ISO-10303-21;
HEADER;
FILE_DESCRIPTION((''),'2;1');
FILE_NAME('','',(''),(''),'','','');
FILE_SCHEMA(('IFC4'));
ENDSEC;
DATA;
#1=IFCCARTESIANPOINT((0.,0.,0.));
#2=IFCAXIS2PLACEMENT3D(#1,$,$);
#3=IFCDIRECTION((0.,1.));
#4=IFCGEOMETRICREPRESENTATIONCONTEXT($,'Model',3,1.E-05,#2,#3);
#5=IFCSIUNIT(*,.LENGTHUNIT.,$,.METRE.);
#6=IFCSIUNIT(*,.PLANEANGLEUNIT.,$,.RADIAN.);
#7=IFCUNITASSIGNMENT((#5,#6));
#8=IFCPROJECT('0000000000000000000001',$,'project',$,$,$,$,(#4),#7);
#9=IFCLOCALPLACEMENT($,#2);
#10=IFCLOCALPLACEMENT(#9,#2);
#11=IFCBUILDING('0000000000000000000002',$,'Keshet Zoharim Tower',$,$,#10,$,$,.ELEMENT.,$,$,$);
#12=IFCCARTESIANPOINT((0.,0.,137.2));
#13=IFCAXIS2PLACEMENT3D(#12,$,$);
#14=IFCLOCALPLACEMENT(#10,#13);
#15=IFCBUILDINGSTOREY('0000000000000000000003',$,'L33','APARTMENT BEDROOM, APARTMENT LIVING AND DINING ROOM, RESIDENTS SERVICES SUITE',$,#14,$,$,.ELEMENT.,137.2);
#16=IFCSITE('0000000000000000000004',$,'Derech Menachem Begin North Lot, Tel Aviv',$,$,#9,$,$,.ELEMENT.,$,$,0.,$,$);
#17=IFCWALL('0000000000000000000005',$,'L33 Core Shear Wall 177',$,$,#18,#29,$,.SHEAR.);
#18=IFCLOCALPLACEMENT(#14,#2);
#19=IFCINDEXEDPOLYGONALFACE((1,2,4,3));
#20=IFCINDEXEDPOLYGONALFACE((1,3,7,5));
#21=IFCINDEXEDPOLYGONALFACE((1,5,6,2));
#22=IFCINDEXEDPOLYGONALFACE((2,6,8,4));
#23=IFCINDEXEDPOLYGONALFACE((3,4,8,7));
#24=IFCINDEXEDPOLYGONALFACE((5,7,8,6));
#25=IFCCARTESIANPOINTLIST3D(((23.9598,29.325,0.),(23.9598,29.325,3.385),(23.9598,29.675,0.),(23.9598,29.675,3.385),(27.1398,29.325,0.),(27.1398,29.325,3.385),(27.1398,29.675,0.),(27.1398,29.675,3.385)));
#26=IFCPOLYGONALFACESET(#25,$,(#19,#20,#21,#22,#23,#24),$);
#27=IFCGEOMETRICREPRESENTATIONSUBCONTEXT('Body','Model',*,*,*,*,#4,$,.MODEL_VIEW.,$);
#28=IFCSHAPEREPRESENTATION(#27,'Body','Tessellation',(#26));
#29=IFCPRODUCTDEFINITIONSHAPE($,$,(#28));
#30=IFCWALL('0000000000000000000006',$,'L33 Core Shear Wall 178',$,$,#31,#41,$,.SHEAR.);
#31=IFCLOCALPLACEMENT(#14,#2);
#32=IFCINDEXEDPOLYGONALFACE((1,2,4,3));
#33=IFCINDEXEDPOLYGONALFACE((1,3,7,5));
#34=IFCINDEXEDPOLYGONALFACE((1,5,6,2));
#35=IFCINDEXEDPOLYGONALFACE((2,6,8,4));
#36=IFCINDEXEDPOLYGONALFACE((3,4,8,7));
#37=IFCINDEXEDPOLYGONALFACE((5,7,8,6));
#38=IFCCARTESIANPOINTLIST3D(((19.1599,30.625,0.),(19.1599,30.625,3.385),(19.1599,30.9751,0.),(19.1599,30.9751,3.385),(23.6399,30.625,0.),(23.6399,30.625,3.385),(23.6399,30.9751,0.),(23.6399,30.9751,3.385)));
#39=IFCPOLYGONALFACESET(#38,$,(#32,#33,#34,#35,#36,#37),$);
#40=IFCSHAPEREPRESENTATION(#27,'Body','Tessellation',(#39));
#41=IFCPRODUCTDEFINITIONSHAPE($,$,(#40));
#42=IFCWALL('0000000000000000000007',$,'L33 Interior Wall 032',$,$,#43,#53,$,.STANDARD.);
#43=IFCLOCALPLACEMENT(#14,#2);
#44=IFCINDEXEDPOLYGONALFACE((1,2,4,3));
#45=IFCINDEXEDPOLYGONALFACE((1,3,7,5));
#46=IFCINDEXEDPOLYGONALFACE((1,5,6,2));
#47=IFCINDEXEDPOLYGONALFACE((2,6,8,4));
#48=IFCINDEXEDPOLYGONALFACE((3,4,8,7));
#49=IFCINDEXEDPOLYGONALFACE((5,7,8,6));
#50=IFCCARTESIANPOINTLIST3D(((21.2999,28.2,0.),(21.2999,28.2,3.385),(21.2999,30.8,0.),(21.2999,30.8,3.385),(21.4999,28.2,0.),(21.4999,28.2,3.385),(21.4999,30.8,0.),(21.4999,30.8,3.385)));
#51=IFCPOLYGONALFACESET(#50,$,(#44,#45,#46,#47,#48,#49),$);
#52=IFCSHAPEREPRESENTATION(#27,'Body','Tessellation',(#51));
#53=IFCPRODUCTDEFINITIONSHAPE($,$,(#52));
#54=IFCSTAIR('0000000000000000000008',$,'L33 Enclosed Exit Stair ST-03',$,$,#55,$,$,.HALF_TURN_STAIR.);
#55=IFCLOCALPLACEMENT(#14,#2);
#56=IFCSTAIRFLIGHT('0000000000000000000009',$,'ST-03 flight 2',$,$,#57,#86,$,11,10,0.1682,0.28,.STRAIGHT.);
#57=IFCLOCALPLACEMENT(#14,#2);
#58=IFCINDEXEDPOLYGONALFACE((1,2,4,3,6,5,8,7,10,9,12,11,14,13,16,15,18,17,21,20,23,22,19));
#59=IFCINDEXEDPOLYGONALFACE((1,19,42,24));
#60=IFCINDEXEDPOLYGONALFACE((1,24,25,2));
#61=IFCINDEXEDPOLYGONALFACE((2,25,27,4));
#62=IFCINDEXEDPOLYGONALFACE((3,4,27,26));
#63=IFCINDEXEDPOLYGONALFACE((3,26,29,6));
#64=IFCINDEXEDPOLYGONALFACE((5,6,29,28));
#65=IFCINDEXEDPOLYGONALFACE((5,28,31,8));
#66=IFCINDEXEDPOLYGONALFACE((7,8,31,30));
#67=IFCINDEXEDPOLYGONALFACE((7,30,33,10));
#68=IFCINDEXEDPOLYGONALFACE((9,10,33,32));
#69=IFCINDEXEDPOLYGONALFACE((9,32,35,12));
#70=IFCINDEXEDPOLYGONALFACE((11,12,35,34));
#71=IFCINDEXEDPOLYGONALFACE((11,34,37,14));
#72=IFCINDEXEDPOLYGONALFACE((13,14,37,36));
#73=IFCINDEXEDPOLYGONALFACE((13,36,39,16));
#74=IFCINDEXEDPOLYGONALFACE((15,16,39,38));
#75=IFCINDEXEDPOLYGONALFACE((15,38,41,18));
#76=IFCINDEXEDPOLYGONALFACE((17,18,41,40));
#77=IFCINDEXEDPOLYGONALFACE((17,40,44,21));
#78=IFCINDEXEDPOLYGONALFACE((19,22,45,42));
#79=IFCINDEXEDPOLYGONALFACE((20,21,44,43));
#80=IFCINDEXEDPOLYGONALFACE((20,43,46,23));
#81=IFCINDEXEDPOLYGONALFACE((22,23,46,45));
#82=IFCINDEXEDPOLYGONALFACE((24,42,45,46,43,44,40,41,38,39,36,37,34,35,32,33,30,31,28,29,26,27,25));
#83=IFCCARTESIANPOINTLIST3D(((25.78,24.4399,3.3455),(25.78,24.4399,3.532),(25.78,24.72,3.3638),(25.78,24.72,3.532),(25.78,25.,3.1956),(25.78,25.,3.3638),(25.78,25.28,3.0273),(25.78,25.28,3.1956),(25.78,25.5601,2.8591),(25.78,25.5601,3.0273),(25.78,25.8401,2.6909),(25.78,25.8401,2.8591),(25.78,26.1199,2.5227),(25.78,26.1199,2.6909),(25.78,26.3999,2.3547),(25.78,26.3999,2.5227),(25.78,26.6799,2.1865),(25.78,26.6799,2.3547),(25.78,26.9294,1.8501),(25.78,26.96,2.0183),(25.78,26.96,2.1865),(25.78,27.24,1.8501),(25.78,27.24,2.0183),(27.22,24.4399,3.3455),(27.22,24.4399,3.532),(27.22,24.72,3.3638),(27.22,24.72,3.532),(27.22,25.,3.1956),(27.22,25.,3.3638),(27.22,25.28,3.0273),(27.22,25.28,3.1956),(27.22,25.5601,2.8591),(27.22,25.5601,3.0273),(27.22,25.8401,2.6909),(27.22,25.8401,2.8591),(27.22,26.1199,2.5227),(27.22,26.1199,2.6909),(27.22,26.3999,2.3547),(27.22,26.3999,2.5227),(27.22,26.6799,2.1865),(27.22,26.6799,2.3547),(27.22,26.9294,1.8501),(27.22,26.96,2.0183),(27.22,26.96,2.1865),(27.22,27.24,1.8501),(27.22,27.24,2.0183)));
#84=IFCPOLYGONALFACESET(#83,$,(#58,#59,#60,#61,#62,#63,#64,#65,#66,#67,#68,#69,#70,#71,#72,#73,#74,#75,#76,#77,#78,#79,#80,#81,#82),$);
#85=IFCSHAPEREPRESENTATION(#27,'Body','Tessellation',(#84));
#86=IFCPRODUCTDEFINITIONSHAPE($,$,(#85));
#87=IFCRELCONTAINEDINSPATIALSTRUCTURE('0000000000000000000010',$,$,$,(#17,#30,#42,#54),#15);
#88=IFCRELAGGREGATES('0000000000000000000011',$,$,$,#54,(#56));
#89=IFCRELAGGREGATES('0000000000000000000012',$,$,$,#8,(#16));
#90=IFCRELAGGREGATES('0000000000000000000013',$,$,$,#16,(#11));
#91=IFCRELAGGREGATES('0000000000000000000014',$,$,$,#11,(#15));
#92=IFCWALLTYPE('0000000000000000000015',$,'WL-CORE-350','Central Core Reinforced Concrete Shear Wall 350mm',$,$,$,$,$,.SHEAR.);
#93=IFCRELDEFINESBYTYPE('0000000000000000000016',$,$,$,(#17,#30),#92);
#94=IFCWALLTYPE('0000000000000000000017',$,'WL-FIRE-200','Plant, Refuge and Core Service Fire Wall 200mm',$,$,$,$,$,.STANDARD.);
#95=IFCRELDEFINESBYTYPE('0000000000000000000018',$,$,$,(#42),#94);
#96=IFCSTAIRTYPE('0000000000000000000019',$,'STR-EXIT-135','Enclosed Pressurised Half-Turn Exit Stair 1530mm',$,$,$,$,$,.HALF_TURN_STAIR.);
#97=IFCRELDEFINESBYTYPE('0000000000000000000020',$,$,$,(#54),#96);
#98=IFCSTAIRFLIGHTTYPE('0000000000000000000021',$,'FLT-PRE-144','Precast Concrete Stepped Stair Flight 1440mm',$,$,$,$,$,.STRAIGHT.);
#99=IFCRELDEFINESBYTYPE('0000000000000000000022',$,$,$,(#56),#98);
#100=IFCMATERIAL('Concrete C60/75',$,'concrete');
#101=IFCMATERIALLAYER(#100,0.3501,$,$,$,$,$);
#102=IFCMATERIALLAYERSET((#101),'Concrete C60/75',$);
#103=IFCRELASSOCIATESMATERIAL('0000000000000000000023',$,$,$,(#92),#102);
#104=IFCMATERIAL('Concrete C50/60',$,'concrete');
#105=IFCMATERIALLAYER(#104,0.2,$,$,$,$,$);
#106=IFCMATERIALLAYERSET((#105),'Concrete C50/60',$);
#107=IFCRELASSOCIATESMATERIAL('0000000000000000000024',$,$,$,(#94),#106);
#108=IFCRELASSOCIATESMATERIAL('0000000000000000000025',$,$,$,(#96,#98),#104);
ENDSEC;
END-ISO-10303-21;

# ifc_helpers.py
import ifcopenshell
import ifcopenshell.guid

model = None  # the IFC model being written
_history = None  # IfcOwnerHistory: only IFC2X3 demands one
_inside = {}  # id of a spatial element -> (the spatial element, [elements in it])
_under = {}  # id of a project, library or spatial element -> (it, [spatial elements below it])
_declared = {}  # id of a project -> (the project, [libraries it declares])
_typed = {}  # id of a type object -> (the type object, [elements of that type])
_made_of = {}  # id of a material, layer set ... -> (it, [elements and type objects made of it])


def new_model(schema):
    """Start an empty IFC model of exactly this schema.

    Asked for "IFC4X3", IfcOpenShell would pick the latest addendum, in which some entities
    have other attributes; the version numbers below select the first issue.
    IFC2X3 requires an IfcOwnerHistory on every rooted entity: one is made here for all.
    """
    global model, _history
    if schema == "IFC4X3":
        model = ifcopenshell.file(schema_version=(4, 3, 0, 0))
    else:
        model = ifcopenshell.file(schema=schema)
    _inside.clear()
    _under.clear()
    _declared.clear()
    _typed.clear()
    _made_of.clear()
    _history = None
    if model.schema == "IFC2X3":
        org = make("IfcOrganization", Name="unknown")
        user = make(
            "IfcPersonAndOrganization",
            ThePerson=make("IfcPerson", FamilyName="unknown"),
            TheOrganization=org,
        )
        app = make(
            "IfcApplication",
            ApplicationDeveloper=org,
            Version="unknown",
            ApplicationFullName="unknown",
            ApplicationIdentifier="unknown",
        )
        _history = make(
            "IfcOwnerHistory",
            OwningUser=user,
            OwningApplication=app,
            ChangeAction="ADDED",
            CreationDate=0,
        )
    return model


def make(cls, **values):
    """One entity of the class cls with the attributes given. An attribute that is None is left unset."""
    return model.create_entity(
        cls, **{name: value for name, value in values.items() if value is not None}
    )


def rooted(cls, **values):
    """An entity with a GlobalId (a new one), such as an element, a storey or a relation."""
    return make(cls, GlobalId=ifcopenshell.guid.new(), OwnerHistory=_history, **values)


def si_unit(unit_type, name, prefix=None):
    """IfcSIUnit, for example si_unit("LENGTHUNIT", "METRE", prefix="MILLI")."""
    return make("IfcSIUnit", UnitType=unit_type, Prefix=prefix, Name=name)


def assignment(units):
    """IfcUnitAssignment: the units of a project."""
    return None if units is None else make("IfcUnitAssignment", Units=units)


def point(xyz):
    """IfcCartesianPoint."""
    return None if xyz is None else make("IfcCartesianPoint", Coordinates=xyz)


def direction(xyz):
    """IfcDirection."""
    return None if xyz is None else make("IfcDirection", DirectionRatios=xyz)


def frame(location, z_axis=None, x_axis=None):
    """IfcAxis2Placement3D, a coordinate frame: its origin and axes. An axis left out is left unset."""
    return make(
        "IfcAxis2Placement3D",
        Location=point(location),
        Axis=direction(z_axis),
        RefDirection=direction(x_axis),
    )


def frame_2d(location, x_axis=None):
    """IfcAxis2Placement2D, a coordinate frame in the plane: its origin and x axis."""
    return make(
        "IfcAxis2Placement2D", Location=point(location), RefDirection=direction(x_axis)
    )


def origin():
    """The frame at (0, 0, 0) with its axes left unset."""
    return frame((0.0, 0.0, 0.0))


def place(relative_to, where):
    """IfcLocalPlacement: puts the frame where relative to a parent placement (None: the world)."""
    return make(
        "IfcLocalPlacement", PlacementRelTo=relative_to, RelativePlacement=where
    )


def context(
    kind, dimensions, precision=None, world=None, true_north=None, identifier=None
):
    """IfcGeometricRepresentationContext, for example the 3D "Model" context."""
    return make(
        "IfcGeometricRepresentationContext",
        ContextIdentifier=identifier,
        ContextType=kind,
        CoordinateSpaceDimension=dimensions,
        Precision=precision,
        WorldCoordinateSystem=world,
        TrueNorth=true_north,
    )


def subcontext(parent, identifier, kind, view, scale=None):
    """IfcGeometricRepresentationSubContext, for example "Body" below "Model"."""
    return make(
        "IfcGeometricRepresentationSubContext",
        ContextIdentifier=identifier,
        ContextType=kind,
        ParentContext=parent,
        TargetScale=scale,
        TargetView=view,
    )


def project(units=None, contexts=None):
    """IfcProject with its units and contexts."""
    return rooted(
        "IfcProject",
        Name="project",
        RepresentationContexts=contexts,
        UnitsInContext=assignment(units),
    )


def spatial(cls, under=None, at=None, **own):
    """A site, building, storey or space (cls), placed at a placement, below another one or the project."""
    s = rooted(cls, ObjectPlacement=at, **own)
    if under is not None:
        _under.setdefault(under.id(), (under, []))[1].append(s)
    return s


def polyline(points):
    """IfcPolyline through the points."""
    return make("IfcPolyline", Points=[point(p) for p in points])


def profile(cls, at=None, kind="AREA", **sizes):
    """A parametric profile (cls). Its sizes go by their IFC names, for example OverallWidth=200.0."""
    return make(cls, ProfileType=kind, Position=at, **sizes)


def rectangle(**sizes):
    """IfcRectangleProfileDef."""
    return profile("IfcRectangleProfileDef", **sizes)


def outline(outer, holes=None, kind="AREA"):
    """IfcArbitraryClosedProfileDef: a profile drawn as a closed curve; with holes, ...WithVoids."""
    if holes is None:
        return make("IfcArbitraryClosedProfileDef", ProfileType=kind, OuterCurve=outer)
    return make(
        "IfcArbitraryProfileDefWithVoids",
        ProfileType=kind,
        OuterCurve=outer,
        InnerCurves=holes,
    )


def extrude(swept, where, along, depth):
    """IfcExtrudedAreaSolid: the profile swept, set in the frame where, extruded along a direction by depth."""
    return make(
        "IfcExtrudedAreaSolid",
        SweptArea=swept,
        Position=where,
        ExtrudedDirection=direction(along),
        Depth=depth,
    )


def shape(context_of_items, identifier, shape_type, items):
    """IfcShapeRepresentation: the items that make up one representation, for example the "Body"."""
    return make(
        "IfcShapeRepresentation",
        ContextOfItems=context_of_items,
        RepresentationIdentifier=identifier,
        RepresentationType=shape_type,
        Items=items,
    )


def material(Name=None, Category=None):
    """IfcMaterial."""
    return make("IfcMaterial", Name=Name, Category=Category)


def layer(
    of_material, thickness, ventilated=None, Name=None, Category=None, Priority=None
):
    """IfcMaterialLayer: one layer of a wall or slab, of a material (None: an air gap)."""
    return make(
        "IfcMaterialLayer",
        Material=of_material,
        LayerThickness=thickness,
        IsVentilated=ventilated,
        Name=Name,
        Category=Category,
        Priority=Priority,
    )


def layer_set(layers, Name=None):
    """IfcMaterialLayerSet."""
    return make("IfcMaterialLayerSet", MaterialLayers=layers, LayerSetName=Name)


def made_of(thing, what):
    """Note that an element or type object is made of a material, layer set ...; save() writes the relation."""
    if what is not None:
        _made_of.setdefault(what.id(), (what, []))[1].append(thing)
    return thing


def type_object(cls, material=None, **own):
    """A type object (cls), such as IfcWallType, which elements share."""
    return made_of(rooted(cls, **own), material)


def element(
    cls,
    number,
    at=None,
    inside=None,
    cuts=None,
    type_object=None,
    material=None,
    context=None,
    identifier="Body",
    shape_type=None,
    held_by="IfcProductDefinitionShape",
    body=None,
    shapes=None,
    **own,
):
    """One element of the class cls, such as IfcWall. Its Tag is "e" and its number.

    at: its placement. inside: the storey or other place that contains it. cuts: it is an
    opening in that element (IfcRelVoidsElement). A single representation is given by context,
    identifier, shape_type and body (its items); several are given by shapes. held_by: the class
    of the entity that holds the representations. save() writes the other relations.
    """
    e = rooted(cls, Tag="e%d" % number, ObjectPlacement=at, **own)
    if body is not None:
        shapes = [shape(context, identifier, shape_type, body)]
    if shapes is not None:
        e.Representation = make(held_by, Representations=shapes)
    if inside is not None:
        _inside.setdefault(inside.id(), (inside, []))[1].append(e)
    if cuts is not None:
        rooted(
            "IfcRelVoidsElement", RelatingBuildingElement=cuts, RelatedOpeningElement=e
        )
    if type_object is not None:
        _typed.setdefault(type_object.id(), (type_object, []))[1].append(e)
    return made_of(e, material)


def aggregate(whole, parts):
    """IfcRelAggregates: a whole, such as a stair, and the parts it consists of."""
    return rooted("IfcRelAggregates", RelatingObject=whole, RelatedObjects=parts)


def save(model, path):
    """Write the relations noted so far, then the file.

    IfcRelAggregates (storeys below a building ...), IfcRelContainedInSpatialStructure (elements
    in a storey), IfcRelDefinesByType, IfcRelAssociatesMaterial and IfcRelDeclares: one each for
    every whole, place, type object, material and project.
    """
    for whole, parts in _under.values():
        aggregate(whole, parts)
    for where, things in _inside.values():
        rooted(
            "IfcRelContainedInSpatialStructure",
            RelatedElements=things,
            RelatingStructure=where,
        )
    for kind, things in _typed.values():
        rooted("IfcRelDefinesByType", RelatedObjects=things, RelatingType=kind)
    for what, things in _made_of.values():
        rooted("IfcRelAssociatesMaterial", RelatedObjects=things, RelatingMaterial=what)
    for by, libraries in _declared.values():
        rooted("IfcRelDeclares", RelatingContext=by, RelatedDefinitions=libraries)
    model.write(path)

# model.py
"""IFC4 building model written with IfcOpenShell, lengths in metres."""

from ifc_helpers import new_model, si_unit, direction, frame, frame_2d, origin, place, context, subcontext, project, spatial, polyline, rectangle, outline, extrude, material, layer, layer_set, type_object, element, aggregate, save


model = new_model("IFC4")

# Units and contexts
model_context = context("Model", 3, precision=1e-05, world=origin(), true_north=direction((0.0, 1.0)))
body_context = subcontext(model_context, "Body", "Model", "MODEL_VIEW")
ifc_project = project(units=[si_unit("LENGTHUNIT", "METRE"), si_unit("PLANEANGLEUNIT", "RADIAN")], contexts=[model_context])

# Site, building, storey
site_placement = place(None, origin())
site = spatial("IfcSite", under=ifc_project, at=site_placement, Name="Derech Menachem Begin North Lot, Tel Aviv", CompositionType="ELEMENT", RefElevation=0.0)
building_placement = place(site_placement, origin())
building = spatial("IfcBuilding", under=site, at=building_placement, Name="Keshet Zoharim Tower", CompositionType="ELEMENT")
storey_placement = place(building_placement, frame((0.0, 0.0, 137.2)))
storey = spatial("IfcBuildingStorey", under=building, at=storey_placement, Name="L33", Description="APARTMENT BEDROOM, APARTMENT LIVING AND DINING ROOM, RESIDENTS SERVICES SUITE", CompositionType="ELEMENT", Elevation=137.2)

# Shared definitions
ifc_material_1 = material(Name="Concrete C60/75", Category="concrete")
ifc_layer_1 = layer(ifc_material_1, 0.3501)
ifc_layer_set_1 = layer_set([ifc_layer_1], Name="Concrete C60/75")
wall_type_1 = type_object("IfcWallType", Name="WL-CORE-350", Description="Central Core Reinforced Concrete Shear Wall 350mm", PredefinedType="SHEAR", material=ifc_layer_set_1)

# Walls
wall_1_placement = place(storey_placement, frame((23.96, 29.5, 0.0), z_axis=(0.0, 0.0, 1.0), x_axis=(1.0, 0.0, 0.0)))
element("IfcWall", 1, at=wall_1_placement, inside=storey, type_object=wall_type_1, Name="L33 Core Shear Wall 177", PredefinedType="SHEAR", context=body_context, shape_type="SweptSolid", body=[
    extrude(rectangle(XDim=3.1799, YDim=0.3501, at=frame_2d((1.5898, 0.0))), origin(), (0.0, 0.0, 1.0), 3.385),
])
wall_2_placement = place(storey_placement, frame((19.1599, 30.8, 0.0), z_axis=(0.0, 0.0, 1.0), x_axis=(1.0, 0.0, 0.0)))
element("IfcWall", 2, at=wall_2_placement, inside=storey, type_object=wall_type_1, Name="L33 Core Shear Wall 178", PredefinedType="SHEAR", context=body_context, shape_type="SweptSolid", body=[
    extrude(rectangle(XDim=4.48, YDim=0.3501, at=frame_2d((2.24, 0.0))), origin(), (0.0, 0.0, 1.0), 3.385),
])
ifc_material_2 = material(Name="Concrete C50/60", Category="concrete")
ifc_layer_2 = layer(ifc_material_2, 0.2)
ifc_layer_set_2 = layer_set([ifc_layer_2], Name="Concrete C50/60")
wall_type_2 = type_object("IfcWallType", Name="WL-FIRE-200", Description="Plant, Refuge and Core Service Fire Wall 200mm", PredefinedType="STANDARD", material=ifc_layer_set_2)
wall_3_placement = place(storey_placement, frame((21.3999, 28.2, 0.0), z_axis=(0.0, 0.0, 1.0), x_axis=(0.0, 1.0, 0.0)))
element("IfcWall", 3, at=wall_3_placement, inside=storey, type_object=wall_type_2, Name="L33 Interior Wall 032", PredefinedType="STANDARD", context=body_context, shape_type="SweptSolid", body=[
    extrude(rectangle(XDim=2.6001, YDim=0.2, at=frame_2d((1.3, 0.0))), origin(), (0.0, 0.0, 1.0), 3.385),
])

# Stair, stair flight
stair_type = type_object("IfcStairType", Name="STR-EXIT-135", Description="Enclosed Pressurised Half-Turn Exit Stair 1530mm", PredefinedType="HALF_TURN_STAIR", material=ifc_material_2)
stair_placement = place(storey_placement, origin())
stair = element("IfcStair", 4, at=stair_placement, inside=storey, type_object=stair_type, Name="L33 Enclosed Exit Stair ST-03", PredefinedType="HALF_TURN_STAIR")
stair_flight_type = type_object("IfcStairFlightType", Name="FLT-PRE-144", Description="Precast Concrete Stepped Stair Flight 1440mm", PredefinedType="STRAIGHT", material=ifc_material_2)
stair_flight_placement = place(storey_placement, frame((26.5, 27.24, 1.8501), z_axis=(0.0, 0.0, 1.0), x_axis=(0.0, -1.0, 0.0)))
stair_flight = element("IfcStairFlight", 5, at=stair_flight_placement, type_object=stair_flight_type, Name="ST-03 flight 2", NumberOfRisers=11, NumberOfTreads=10, PredefinedType="STRAIGHT", RiserHeight=0.1682, TreadLength=0.28, context=body_context, shape_type="SweptSolid", body=[
    extrude(outline(polyline([(0.0, 0.0), (0.0, 0.1682), (0.28, 0.1682), (0.28, 0.3364), (0.5601, 0.3364), (0.5601, 0.5046), (0.8401, 0.5046), (0.8401, 0.6726), (1.1201, 0.6726), (1.1201, 0.8408), (1.3999, 0.8408), (1.3999, 1.009), (1.6799, 1.009), (1.6799, 1.1772), (1.96, 1.1772), (1.96, 1.3455), (2.24, 1.3455), (2.24, 1.5137), (2.52, 1.5137), (2.52, 1.6819), (2.8, 1.6819), (2.8, 1.8501), (2.8, 1.4954), (0.3105, 0.0), (0.0, 0.0)])), frame((0.0, 0.72, 0.0), z_axis=(0.0, -1.0, 0.0), x_axis=(1.0, 0.0, 0.0)), (0.0, 0.0, 1.0), 1.4399),
])
aggregate(stair, [stair_flight])

save(model, "model.ifc")
